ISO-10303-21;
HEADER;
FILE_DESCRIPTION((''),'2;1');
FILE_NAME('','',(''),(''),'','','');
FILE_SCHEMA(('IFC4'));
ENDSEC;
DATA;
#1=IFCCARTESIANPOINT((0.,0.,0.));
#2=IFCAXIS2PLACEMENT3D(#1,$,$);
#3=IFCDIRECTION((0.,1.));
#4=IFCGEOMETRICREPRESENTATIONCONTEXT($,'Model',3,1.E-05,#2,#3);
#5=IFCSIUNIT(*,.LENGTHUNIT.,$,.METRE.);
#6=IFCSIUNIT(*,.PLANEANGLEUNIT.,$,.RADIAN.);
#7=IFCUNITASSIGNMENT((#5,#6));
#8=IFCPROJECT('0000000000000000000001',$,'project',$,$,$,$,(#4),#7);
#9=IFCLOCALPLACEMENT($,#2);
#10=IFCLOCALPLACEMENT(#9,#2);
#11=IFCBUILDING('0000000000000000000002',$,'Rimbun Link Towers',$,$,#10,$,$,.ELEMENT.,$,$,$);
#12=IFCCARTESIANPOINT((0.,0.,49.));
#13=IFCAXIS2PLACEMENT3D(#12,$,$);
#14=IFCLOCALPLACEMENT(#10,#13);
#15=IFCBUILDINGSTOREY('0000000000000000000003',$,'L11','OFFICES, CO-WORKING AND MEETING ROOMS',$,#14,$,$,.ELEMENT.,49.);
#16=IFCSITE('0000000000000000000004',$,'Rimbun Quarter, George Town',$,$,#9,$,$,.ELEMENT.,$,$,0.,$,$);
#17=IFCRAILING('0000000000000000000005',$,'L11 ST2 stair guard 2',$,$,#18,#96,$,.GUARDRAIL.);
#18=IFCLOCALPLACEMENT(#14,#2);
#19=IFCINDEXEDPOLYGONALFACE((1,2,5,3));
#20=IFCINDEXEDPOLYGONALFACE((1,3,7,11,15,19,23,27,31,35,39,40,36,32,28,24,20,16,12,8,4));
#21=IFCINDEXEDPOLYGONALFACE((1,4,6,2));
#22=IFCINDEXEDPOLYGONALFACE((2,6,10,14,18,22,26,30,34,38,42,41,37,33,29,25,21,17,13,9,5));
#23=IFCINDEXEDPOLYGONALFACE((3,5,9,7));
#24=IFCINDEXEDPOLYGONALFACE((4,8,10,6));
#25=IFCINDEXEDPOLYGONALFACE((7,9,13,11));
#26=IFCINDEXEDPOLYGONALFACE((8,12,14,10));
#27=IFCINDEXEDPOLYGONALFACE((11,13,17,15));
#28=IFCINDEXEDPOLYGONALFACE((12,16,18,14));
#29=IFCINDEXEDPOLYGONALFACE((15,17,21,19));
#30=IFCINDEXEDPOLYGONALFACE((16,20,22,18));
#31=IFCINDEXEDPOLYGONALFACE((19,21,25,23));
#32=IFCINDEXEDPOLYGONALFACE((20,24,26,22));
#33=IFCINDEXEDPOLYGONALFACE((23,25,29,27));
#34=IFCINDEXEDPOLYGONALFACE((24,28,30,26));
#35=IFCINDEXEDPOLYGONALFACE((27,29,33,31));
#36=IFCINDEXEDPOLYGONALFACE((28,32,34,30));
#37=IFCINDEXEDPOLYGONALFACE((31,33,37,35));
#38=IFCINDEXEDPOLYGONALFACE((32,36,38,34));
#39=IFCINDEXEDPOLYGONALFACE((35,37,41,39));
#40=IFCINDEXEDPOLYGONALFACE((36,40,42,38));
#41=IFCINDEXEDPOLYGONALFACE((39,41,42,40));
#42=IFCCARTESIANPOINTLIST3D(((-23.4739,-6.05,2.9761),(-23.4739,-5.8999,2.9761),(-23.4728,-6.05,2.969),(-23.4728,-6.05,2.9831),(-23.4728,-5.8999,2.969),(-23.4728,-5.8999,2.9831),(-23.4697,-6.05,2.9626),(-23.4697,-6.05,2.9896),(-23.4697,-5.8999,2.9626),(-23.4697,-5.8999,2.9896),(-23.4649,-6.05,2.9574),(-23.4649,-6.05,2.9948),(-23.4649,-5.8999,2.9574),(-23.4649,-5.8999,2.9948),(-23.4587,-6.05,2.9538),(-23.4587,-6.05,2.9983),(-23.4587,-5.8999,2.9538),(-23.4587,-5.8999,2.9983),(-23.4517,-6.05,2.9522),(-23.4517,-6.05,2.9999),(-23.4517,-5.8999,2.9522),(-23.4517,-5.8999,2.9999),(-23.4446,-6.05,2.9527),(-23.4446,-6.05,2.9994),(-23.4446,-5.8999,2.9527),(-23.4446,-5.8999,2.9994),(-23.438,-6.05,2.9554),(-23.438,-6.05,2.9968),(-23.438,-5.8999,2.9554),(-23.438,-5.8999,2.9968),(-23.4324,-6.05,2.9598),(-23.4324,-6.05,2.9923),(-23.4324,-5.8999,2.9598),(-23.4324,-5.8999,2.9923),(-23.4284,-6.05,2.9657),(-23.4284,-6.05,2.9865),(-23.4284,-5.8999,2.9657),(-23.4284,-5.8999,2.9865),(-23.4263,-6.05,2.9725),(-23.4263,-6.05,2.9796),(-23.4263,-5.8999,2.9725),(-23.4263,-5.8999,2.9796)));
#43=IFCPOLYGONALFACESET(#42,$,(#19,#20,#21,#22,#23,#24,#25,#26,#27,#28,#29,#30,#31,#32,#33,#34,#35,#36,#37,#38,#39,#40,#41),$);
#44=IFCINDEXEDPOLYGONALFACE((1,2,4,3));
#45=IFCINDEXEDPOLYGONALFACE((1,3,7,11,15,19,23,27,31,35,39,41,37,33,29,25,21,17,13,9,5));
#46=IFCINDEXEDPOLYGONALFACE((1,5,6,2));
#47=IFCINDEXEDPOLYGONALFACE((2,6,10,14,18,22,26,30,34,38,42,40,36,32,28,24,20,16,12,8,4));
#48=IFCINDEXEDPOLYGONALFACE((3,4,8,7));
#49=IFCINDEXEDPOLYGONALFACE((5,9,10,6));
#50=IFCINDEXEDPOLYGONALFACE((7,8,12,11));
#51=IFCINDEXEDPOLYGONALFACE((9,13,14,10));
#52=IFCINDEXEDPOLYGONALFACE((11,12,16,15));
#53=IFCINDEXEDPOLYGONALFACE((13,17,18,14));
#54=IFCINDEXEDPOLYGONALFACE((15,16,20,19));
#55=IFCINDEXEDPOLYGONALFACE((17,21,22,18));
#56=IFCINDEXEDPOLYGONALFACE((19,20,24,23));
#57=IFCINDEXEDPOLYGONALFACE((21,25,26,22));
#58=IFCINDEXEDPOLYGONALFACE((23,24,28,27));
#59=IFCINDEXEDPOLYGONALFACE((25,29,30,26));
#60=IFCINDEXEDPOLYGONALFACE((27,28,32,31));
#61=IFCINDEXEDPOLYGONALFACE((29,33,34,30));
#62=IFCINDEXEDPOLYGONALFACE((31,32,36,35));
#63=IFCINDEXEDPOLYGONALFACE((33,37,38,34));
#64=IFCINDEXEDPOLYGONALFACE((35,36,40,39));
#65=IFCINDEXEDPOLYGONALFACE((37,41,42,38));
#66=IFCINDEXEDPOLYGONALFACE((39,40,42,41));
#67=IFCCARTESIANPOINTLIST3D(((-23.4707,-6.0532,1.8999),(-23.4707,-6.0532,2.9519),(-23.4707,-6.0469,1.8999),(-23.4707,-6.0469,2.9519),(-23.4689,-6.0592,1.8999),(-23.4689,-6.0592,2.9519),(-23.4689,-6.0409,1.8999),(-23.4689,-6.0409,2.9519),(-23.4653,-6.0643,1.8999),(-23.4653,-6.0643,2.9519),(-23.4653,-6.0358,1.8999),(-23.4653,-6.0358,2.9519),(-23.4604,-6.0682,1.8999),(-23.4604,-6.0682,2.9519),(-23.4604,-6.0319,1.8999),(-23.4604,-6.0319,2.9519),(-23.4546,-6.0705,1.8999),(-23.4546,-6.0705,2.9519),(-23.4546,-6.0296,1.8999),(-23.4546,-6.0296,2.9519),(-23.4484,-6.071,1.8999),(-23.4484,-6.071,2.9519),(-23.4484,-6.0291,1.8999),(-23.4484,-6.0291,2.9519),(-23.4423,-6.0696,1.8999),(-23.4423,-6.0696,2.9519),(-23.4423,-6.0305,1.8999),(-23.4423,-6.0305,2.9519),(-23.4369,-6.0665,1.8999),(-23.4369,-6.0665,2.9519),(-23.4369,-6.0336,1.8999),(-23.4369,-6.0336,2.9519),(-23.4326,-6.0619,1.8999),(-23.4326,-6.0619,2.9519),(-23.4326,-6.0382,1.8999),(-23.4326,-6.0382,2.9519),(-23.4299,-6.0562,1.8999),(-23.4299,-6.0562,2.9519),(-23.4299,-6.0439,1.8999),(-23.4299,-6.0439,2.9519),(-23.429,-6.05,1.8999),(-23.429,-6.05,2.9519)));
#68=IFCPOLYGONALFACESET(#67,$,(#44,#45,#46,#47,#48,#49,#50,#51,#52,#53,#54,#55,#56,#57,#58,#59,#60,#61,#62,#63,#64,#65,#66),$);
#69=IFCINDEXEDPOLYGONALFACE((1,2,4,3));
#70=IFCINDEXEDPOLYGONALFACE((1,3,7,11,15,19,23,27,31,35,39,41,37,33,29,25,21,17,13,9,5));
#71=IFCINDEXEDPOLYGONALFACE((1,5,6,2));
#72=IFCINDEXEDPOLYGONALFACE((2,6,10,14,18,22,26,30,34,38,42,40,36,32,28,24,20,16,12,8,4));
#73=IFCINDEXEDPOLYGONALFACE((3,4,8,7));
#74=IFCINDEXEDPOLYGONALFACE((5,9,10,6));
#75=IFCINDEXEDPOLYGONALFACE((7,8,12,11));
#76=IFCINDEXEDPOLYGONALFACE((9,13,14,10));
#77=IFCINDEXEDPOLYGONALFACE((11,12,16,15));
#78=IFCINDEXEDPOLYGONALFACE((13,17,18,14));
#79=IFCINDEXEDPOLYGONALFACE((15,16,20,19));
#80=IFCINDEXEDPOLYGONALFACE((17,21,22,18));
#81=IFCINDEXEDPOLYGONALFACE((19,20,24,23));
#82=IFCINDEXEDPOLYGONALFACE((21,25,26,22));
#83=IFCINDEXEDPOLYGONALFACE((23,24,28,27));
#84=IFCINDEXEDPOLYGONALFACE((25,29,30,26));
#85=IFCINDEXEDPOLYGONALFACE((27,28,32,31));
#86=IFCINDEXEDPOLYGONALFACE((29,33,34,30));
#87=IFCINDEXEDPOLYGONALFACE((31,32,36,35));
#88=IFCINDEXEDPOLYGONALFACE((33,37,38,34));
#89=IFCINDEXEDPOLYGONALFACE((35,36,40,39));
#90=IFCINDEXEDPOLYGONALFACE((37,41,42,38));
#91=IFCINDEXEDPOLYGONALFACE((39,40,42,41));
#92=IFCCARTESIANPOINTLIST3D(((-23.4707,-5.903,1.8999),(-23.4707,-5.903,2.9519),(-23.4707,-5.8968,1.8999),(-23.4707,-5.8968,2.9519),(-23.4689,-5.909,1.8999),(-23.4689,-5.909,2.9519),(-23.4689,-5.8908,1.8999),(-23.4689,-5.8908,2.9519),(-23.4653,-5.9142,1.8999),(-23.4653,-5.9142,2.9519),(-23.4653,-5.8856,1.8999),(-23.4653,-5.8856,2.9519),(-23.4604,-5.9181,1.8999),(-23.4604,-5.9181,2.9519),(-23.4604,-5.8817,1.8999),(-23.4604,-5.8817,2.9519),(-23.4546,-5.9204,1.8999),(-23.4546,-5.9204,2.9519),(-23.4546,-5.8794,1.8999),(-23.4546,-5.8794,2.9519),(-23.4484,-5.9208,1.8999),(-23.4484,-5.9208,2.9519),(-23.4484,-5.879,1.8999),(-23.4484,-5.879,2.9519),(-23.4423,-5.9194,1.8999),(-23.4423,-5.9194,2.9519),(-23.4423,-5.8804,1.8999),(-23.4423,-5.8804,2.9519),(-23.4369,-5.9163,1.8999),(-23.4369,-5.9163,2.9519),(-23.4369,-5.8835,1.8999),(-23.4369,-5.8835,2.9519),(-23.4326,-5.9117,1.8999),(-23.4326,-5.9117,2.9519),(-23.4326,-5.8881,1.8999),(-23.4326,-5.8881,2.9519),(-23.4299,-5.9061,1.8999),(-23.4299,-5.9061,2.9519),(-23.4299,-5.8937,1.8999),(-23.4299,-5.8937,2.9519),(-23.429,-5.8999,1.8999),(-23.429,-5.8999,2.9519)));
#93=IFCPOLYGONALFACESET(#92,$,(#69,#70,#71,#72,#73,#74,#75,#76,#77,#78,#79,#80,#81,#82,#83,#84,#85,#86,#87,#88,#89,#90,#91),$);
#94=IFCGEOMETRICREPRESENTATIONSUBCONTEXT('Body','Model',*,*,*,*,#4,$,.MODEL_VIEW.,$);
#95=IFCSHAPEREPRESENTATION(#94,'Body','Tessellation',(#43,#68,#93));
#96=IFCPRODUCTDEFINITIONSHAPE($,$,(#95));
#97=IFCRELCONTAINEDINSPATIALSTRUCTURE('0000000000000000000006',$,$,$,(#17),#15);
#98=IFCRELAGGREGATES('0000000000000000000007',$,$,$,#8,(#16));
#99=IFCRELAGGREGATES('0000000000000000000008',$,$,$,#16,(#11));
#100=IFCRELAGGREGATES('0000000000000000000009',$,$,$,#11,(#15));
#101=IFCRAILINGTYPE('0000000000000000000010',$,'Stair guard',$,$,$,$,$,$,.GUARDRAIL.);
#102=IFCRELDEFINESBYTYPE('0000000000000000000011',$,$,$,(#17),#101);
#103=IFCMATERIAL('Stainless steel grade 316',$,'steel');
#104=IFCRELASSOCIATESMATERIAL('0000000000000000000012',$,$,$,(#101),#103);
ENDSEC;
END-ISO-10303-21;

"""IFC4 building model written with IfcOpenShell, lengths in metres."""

from ifc_helpers import new_model, si_unit, direction, frame, origin, origin_2d, place, context, subcontext, project, spatial, circle, extrude, material, type_object, element, save


model = new_model("IFC4")

# Units and contexts
model_context = context("Model", 3, precision=1e-05, world=origin(), true_north=direction((0.0, 1.0)))
body_context = subcontext(model_context, "Body", "Model", "MODEL_VIEW")
ifc_project = project(units=[si_unit("LENGTHUNIT", "METRE"), si_unit("PLANEANGLEUNIT", "RADIAN")], contexts=[model_context])

# Site, building, storey
site_placement = place(None, origin())
site = spatial("IfcSite", under=ifc_project, at=site_placement, Name="Rimbun Quarter, George Town", CompositionType="ELEMENT", RefElevation=0.0)
building_placement = place(site_placement, origin())
building = spatial("IfcBuilding", under=site, at=building_placement, Name="Rimbun Link Towers", CompositionType="ELEMENT")
storey_placement = place(building_placement, frame((0.0, 0.0, 49.0)))
storey = spatial("IfcBuildingStorey", under=building, at=storey_placement, Name="L11", Description="OFFICES, CO-WORKING AND MEETING ROOMS", CompositionType="ELEMENT", Elevation=49.0)

# Railing
ifc_material_1 = material(Name="Stainless steel grade 316", Category="steel")
railing_type_1 = type_object("IfcRailingType", Name="Stair guard", PredefinedType="GUARDRAIL", material=ifc_material_1)
railing_1_placement = place(storey_placement, frame((-23.45, -6.05, 1.8999)))
element("IfcRailing", 1, at=railing_1_placement, inside=storey, type_object=railing_type_1, Name="L11 ST2 stair guard 2", PredefinedType="GUARDRAIL", context=body_context, shape_type="SweptSolid", body=[
    extrude(circle(Radius=0.0239, at=origin_2d()), frame((0.0, 0.0, 1.0762), z_axis=(0.0, 1.0, 0.0), x_axis=(-1.0, 0.0, 0.0)), (0.0, 0.0, 1.0), 0.1501),
    extrude(circle(Radius=0.021, at=origin_2d()), origin(), (0.0, 0.0, 1.0), 1.052),
    extrude(circle(Radius=0.021, at=origin_2d()), frame((0.0, 0.1501, 0.0)), (0.0, 0.0, 1.0), 1.052),
])

save(model, "model.ifc")
